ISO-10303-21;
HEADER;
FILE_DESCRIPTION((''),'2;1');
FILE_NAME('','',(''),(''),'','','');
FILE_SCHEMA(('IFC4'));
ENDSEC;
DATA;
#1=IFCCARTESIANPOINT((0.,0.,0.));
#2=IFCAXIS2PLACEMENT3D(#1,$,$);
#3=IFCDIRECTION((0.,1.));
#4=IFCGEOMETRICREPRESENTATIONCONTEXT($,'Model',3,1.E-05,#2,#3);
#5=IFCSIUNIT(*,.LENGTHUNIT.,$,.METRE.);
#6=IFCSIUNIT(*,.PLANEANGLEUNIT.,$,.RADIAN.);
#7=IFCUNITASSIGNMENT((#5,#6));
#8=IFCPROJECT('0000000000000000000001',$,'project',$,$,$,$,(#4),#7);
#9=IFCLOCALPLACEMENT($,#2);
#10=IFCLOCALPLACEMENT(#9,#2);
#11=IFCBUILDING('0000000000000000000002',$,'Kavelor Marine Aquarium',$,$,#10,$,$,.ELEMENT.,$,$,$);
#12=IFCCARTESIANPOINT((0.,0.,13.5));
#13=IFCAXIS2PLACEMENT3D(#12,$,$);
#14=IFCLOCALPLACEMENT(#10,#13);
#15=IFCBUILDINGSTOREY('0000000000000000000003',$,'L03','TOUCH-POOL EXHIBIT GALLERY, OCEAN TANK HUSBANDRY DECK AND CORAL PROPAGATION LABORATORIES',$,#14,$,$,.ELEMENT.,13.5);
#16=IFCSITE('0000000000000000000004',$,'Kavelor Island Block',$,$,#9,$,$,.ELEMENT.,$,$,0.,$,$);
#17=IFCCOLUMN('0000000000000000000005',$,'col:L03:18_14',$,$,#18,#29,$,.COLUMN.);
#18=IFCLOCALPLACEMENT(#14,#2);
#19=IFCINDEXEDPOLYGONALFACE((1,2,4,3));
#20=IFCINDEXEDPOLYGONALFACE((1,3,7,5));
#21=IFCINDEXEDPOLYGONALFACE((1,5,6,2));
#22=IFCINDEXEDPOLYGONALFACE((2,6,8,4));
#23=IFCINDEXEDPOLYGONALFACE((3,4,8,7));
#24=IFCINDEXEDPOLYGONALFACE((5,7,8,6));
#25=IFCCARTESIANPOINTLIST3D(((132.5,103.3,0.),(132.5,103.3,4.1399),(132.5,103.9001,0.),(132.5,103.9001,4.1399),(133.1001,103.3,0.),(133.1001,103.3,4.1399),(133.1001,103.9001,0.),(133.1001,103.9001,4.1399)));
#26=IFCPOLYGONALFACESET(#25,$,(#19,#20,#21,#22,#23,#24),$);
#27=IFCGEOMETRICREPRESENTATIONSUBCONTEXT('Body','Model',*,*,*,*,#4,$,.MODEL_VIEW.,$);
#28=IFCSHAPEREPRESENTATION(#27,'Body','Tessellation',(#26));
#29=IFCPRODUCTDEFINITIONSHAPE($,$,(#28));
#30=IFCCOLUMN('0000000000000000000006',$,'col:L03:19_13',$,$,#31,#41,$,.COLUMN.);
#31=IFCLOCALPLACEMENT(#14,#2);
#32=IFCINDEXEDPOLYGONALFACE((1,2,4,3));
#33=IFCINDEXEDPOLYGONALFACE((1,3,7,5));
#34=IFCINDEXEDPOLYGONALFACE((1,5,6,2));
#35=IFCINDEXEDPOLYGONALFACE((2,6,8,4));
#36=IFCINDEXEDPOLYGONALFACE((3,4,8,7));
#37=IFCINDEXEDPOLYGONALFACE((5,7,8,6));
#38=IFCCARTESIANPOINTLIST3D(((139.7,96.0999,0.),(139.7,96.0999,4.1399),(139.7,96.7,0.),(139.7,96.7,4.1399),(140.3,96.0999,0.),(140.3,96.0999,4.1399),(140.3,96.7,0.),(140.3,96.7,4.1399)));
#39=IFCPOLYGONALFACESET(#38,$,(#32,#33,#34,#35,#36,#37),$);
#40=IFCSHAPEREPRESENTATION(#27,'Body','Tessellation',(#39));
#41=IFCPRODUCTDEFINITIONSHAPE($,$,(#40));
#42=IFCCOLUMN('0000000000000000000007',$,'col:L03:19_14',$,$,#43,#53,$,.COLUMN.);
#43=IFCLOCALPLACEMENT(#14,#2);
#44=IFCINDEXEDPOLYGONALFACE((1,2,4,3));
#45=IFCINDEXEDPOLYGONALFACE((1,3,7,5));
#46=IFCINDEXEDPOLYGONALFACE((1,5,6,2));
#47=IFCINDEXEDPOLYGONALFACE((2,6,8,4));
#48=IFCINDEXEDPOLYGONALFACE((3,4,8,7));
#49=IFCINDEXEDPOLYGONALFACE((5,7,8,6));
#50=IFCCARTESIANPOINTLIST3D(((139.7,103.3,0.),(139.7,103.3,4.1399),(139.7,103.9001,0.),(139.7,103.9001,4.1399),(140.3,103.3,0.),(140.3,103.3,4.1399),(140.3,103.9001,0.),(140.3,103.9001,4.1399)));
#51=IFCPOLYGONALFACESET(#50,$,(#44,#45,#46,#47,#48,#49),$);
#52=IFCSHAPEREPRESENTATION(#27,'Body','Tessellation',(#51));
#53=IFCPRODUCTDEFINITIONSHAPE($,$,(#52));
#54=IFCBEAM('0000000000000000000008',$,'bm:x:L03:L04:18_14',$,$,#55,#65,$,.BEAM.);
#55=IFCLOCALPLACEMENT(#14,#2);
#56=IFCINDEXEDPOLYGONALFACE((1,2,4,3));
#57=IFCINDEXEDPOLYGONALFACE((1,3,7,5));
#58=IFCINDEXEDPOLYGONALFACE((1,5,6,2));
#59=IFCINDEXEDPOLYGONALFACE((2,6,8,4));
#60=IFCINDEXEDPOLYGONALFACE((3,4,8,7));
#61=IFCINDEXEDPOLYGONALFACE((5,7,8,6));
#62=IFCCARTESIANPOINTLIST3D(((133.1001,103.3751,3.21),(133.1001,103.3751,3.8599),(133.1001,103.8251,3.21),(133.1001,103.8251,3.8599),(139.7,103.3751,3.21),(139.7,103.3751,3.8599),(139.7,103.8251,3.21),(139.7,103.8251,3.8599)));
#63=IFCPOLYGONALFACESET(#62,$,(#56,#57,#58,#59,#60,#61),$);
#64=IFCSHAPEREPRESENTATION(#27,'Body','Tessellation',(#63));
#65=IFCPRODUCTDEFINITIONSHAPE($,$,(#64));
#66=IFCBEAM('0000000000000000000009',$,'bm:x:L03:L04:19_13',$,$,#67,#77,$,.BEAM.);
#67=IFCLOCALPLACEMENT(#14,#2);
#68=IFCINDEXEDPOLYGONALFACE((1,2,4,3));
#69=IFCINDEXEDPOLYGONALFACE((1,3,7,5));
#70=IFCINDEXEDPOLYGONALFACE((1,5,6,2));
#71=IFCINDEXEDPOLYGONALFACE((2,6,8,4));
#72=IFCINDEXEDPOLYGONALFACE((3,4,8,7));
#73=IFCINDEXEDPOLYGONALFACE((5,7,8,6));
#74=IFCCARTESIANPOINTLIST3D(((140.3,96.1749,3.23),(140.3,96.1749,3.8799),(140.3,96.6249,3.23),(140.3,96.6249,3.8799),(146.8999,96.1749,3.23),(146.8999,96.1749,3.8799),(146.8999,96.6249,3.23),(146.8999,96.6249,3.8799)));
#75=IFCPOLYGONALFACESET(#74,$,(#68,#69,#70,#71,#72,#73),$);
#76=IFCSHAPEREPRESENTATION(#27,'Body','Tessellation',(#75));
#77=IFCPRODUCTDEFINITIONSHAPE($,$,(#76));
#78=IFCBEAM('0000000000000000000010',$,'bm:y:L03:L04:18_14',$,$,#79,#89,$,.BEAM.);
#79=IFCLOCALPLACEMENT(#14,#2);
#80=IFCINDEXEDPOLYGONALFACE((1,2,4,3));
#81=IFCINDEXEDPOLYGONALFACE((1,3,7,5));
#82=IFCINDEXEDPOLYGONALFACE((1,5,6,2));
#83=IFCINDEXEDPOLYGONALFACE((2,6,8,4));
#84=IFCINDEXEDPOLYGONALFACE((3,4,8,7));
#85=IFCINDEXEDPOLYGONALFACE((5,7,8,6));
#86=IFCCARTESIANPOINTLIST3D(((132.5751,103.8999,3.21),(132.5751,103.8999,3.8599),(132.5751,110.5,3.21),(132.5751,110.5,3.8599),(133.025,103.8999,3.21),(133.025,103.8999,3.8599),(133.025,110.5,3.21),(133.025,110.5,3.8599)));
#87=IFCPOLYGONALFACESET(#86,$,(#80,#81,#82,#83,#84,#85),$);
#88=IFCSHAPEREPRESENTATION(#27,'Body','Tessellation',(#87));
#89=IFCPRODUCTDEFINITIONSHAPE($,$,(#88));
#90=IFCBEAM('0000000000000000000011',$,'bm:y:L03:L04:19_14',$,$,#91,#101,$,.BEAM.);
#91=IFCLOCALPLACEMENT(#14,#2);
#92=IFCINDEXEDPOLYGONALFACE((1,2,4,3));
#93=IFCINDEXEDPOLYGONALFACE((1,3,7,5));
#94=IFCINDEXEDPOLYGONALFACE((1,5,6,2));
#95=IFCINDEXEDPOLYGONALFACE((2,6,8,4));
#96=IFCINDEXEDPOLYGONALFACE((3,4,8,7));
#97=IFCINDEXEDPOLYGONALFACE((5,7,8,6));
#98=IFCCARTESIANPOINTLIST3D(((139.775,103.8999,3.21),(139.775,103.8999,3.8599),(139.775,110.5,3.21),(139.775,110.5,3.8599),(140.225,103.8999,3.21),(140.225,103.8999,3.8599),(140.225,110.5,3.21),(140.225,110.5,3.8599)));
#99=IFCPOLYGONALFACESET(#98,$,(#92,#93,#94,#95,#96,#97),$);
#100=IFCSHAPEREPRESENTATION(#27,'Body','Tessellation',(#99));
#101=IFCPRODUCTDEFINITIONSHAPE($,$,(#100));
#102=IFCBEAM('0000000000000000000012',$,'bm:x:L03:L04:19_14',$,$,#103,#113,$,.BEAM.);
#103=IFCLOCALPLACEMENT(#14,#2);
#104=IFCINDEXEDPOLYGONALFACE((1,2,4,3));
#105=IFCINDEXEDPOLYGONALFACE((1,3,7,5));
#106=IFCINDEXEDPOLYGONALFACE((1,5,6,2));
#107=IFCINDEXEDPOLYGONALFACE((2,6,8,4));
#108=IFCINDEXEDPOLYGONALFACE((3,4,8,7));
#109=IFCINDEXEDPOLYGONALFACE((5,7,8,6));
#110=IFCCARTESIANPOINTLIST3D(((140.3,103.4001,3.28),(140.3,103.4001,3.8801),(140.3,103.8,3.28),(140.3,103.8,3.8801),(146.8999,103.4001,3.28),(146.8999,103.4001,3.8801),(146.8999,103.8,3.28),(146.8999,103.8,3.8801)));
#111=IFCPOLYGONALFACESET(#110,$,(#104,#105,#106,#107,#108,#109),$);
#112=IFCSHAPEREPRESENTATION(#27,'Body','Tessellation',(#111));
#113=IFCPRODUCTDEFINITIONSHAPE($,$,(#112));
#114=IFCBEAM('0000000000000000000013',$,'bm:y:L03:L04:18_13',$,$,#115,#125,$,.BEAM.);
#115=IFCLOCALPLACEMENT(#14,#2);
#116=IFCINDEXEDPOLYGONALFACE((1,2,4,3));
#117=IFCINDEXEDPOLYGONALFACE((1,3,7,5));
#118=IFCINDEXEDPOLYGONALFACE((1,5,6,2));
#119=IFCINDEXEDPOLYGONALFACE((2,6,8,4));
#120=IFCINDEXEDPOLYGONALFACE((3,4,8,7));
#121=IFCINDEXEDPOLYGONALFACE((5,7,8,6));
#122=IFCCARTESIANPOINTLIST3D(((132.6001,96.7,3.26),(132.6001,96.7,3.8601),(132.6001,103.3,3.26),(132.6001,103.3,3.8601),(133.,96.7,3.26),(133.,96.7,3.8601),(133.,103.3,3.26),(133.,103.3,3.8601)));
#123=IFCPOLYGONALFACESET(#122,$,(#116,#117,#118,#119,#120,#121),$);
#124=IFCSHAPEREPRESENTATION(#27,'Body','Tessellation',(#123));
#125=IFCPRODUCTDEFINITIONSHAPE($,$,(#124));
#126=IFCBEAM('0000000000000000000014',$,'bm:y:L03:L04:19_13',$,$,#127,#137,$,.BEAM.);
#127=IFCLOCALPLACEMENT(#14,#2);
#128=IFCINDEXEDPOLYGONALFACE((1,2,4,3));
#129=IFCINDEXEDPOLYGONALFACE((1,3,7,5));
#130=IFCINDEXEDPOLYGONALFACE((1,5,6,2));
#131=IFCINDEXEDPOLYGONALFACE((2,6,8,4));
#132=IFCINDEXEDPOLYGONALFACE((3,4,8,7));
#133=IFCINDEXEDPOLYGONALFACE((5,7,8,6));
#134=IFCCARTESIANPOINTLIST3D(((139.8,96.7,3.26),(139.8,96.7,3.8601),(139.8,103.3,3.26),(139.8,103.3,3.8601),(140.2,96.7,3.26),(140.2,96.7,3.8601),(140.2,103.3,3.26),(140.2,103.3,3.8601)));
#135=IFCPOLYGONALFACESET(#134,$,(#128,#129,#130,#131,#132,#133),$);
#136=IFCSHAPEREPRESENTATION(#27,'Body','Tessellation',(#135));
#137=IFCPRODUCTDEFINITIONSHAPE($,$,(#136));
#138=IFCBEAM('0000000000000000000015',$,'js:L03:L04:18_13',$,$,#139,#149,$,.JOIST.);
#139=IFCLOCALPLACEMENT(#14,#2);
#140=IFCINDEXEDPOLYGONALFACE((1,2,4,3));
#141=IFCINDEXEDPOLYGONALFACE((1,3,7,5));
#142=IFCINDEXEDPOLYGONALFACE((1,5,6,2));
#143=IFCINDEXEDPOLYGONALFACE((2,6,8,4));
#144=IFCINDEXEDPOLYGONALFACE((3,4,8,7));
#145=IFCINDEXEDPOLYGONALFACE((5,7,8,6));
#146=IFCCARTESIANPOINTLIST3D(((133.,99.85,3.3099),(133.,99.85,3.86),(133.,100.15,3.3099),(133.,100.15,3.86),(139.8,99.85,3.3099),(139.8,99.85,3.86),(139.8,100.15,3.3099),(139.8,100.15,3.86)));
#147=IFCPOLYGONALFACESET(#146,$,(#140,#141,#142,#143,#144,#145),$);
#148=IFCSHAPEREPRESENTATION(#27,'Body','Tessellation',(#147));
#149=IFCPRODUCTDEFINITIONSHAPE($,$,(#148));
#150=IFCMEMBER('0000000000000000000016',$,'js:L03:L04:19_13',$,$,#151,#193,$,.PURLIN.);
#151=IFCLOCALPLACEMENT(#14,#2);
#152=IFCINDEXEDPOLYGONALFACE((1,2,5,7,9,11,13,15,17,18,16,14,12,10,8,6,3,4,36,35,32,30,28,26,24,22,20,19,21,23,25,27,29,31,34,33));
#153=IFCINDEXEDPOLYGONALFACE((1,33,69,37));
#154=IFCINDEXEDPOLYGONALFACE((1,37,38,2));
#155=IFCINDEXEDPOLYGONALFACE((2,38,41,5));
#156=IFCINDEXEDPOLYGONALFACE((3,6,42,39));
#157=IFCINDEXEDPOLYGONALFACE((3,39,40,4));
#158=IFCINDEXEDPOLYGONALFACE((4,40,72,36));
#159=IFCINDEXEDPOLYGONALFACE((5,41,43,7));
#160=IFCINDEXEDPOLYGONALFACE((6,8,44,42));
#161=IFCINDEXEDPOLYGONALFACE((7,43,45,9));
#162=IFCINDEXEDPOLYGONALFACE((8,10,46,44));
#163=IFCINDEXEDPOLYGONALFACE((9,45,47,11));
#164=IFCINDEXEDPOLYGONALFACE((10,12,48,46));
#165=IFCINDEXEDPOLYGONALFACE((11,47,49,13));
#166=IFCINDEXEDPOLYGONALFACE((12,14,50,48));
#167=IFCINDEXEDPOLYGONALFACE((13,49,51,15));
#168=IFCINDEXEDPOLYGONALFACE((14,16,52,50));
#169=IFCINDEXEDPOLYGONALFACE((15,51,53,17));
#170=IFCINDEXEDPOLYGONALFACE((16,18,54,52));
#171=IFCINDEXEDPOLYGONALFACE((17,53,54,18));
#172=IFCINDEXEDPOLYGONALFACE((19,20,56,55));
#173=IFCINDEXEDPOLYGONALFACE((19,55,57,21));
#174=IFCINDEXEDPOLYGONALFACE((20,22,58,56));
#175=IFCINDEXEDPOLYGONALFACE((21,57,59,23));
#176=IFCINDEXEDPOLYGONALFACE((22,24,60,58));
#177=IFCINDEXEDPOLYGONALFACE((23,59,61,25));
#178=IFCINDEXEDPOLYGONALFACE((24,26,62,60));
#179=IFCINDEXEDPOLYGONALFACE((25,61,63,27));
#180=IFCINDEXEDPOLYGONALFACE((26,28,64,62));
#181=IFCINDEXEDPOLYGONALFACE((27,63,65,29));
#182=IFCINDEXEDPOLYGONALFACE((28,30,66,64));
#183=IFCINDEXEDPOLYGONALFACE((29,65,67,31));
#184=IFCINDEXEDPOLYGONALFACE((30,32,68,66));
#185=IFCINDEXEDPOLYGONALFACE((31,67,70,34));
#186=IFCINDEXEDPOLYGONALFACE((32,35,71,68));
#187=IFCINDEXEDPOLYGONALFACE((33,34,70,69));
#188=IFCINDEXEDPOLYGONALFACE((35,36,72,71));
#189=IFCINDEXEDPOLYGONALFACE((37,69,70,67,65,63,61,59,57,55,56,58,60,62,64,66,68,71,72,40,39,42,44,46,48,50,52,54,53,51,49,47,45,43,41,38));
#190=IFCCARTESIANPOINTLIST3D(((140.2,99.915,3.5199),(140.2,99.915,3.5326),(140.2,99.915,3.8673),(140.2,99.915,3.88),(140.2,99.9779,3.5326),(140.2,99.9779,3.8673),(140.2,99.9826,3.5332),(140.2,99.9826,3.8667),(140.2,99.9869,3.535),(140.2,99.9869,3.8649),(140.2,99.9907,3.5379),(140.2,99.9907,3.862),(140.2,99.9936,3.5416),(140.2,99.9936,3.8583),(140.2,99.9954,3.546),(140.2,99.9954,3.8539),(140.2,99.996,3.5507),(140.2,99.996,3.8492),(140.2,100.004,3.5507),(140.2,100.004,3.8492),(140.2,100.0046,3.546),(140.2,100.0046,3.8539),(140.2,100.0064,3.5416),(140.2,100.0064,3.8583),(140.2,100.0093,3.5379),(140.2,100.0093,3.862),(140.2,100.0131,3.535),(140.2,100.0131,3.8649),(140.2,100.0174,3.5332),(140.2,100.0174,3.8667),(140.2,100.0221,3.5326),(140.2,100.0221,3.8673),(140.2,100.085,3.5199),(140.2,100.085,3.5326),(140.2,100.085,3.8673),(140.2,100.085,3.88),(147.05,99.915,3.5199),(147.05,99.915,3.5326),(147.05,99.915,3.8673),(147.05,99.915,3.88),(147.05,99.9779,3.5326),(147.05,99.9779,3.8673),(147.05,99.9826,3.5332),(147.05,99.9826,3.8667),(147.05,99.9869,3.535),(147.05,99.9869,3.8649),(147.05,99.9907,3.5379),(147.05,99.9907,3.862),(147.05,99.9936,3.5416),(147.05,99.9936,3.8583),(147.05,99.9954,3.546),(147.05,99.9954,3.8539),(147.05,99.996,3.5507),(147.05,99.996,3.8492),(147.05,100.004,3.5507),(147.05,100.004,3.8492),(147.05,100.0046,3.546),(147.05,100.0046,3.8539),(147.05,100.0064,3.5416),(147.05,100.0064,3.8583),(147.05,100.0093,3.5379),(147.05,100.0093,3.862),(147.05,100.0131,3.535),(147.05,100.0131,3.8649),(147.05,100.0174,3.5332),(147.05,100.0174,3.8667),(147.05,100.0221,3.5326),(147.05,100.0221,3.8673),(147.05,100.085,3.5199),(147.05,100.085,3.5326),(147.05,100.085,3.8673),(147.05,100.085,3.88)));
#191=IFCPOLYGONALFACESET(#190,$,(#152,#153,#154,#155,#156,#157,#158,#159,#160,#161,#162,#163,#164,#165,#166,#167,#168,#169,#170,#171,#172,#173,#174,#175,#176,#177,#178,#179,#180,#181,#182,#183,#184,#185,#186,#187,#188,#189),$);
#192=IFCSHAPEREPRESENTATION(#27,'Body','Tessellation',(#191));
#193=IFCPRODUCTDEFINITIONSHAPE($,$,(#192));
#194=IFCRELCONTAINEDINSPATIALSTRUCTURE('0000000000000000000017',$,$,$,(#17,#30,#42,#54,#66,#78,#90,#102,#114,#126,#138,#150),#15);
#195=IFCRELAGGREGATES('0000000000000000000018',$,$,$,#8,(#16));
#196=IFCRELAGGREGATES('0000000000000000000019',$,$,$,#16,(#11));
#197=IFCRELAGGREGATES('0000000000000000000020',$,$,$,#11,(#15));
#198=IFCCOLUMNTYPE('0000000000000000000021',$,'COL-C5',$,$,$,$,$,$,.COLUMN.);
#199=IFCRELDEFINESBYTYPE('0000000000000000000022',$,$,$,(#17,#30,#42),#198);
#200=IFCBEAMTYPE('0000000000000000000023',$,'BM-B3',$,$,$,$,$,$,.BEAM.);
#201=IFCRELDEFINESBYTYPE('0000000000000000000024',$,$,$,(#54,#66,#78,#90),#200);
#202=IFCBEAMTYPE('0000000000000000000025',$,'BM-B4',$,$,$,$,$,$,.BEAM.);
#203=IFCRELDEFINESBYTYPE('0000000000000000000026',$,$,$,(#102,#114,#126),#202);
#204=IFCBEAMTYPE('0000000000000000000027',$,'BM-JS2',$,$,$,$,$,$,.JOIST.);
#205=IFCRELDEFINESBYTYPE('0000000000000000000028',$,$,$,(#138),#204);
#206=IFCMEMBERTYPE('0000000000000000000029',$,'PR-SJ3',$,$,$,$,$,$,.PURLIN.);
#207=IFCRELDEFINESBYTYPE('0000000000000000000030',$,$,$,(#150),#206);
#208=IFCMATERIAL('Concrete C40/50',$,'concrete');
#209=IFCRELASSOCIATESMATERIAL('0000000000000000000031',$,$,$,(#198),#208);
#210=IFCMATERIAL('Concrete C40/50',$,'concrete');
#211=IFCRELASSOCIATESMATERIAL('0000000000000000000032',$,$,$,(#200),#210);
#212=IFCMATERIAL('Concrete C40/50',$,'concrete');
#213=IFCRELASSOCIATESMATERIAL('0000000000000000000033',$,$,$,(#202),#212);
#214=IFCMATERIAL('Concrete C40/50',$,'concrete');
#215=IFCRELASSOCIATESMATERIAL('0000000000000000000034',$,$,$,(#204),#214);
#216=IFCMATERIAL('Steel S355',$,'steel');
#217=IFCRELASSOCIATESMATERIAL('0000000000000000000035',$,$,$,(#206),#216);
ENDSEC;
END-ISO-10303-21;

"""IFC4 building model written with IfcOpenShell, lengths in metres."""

from ifc_helpers import new_model, si_unit, direction, frame, origin, origin_2d, place, context, subcontext, project, spatial, rectangle, i_section, extrude, material, material_profile, profile_set, type_object, element, save


model = new_model("IFC4")

# Units and contexts
model_context = context("Model", 3, precision=1e-05, world=origin(), true_north=direction((0.0, 1.0)))
body_context = subcontext(model_context, "Body", "Model", "MODEL_VIEW")
ifc_project = project(units=[si_unit("LENGTHUNIT", "METRE"), si_unit("PLANEANGLEUNIT", "RADIAN")], contexts=[model_context])

# Site, building, storey
site_placement = place(None, origin())
site = spatial("IfcSite", under=ifc_project, at=site_placement, Name="Kavelor Island Block", CompositionType="ELEMENT", RefElevation=0.0)
building_placement = place(site_placement, origin())
building = spatial("IfcBuilding", under=site, at=building_placement, Name="Kavelor Marine Aquarium", CompositionType="ELEMENT")
storey_placement = place(building_placement, frame((0.0, 0.0, 13.5)))
storey = spatial("IfcBuildingStorey", under=building, at=storey_placement, Name="L03", Description="TOUCH-POOL EXHIBIT GALLERY, OCEAN TANK HUSBANDRY DECK AND CORAL PROPAGATION LABORATORIES", CompositionType="ELEMENT", Elevation=13.5)

# Columns
ifc_material_1 = material(Name="Concrete C40/50", Category="concrete")
ifc_material_profile_1 = material_profile(ifc_material_1, rectangle(XDim=0.6001, YDim=0.6001, at=origin_2d()), Name="RC-COL 600x600")
ifc_profile_set_1 = profile_set([ifc_material_profile_1], Name="Concrete C40/50")
column_type = type_object("IfcColumnType", Name="COL-C5", PredefinedType="COLUMN", material=ifc_profile_set_1)
for number, where, z_axis, x_axis, name in (
    (1, (132.8, 103.6001, 0.0), (0.0, 0.0, 1.0), (1.0, 0.0, 0.0), "col:L03:18_14"),
    (2, (140.0, 96.3999, 0.0), (0.0, 0.0, 1.0), (1.0, 0.0, 0.0), "col:L03:19_13"),
    (3, (140.0, 103.6001, 0.0), (0.0, 0.0, 1.0), (1.0, 0.0, 0.0), "col:L03:19_14"),
):
    element("IfcColumn", number, at=place(storey_placement, frame(where, z_axis=z_axis, x_axis=x_axis)), inside=storey, type_object=column_type, Name=name, PredefinedType="COLUMN", context=body_context, shape_type="SweptSolid", body=[
        extrude(rectangle(XDim=0.6001, YDim=0.6001, at=origin_2d()), origin(), (0.0, 0.0, 1.0), 4.1399),
    ])

# Beams
ifc_material_2 = material(Name="Concrete C40/50", Category="concrete")
ifc_material_profile_2 = material_profile(ifc_material_2, rectangle(XDim=0.45, YDim=0.6499, at=origin_2d()), Name="RC-BM 450x650")
ifc_profile_set_2 = profile_set([ifc_material_profile_2], Name="Concrete C40/50")
beam_type_1 = type_object("IfcBeamType", Name="BM-B3", PredefinedType="BEAM", material=ifc_profile_set_2)
for number, where, z_axis, x_axis, name in (
    (4, (133.1001, 103.6001, 3.5349), (1.0, 0.0, 0.0), (0.0, 1.0, 0.0), "bm:x:L03:L04:18_14"),
    (5, (140.3, 96.3999, 3.5549), (1.0, 0.0, 0.0), (0.0, 1.0, 0.0), "bm:x:L03:L04:19_13"),
):
    element("IfcBeam", number, at=place(storey_placement, frame(where, z_axis=z_axis, x_axis=x_axis)), inside=storey, type_object=beam_type_1, Name=name, PredefinedType="BEAM", context=body_context, shape_type="SweptSolid", body=[
        extrude(rectangle(XDim=0.45, YDim=0.6499, at=origin_2d()), origin(), (0.0, 0.0, 1.0), 6.5999),
    ])
for number, where, z_axis, x_axis, name in (
    (6, (132.8, 103.8999, 3.5349), (0.0, 1.0, 0.0), (-1.0, 0.0, 0.0), "bm:y:L03:L04:18_14"),
    (7, (140.0, 103.8999, 3.5349), (0.0, 1.0, 0.0), (-1.0, 0.0, 0.0), "bm:y:L03:L04:19_14"),
):
    element("IfcBeam", number, at=place(storey_placement, frame(where, z_axis=z_axis, x_axis=x_axis)), inside=storey, type_object=beam_type_1, Name=name, PredefinedType="BEAM", context=body_context, shape_type="SweptSolid", body=[
        extrude(rectangle(XDim=0.45, YDim=0.6499, at=origin_2d()), origin(), (0.0, 0.0, 1.0), 6.6001),
    ])
ifc_material_3 = material(Name="Concrete C40/50", Category="concrete")
ifc_material_profile_3 = material_profile(ifc_material_3, rectangle(XDim=0.3999, YDim=0.6001, at=origin_2d()), Name="RC-BM 400x600")
ifc_profile_set_3 = profile_set([ifc_material_profile_3], Name="Concrete C40/50")
beam_type_2 = type_object("IfcBeamType", Name="BM-B4", PredefinedType="BEAM", material=ifc_profile_set_3)
beam_1_placement = place(storey_placement, frame((140.3, 103.6001, 3.5801), z_axis=(1.0, 0.0, 0.0), x_axis=(0.0, 1.0, 0.0)))
element("IfcBeam", 8, at=beam_1_placement, inside=storey, type_object=beam_type_2, Name="bm:x:L03:L04:19_14", PredefinedType="BEAM", context=body_context, shape_type="SweptSolid", body=[
    extrude(rectangle(XDim=0.3999, YDim=0.6001, at=origin_2d()), origin(), (0.0, 0.0, 1.0), 6.5999),
])
for number, where, z_axis, x_axis, name in (
    (9, (132.8, 96.7, 3.5601), (0.0, 1.0, 0.0), (-1.0, 0.0, 0.0), "bm:y:L03:L04:18_13"),
    (10, (140.0, 96.7, 3.5601), (0.0, 1.0, 0.0), (-1.0, 0.0, 0.0), "bm:y:L03:L04:19_13"),
):
    element("IfcBeam", number, at=place(storey_placement, frame(where, z_axis=z_axis, x_axis=x_axis)), inside=storey, type_object=beam_type_2, Name=name, PredefinedType="BEAM", context=body_context, shape_type="SweptSolid", body=[
        extrude(rectangle(XDim=0.3999, YDim=0.6001, at=origin_2d()), origin(), (0.0, 0.0, 1.0), 6.6001),
    ])
ifc_material_4 = material(Name="Concrete C40/50", Category="concrete")
ifc_material_profile_4 = material_profile(ifc_material_4, rectangle(XDim=0.3, YDim=0.55, at=origin_2d()), Name="RC-JS 300x550")
ifc_profile_set_4 = profile_set([ifc_material_profile_4], Name="Concrete C40/50")
beam_type_3 = type_object("IfcBeamType", Name="BM-JS2", PredefinedType="JOIST", material=ifc_profile_set_4)
beam_2_placement = place(storey_placement, frame((133.0, 100.0, 3.585), z_axis=(1.0, 0.0, 0.0), x_axis=(0.0, 1.0, 0.0)))
element("IfcBeam", 11, at=beam_2_placement, inside=storey, type_object=beam_type_3, Name="js:L03:L04:18_13", PredefinedType="JOIST", context=body_context, shape_type="SweptSolid", body=[
    extrude(rectangle(XDim=0.3, YDim=0.55, at=origin_2d()), origin(), (0.0, 0.0, 1.0), 6.8),
])

# Member
ifc_material_5 = material(Name="Steel S355", Category="steel")
ifc_material_profile_5 = material_profile(ifc_material_5, i_section(OverallWidth=0.1699, OverallDepth=0.3601, WebThickness=0.0081, FlangeThickness=0.0127, FilletRadius=0.0181, at=origin_2d()), Name="IPE 360")
ifc_profile_set_5 = profile_set([ifc_material_profile_5], Name="Steel S355")
member_type = type_object("IfcMemberType", Name="PR-SJ3", PredefinedType="PURLIN", material=ifc_profile_set_5)
member_placement = place(storey_placement, frame((140.2, 100.0, 3.7), z_axis=(1.0, 0.0, 0.0), x_axis=(0.0, 1.0, 0.0)))
element("IfcMember", 12, at=member_placement, inside=storey, type_object=member_type, Name="js:L03:L04:19_13", PredefinedType="PURLIN", context=body_context, shape_type="SweptSolid", body=[
    extrude(i_section(OverallWidth=0.1699, OverallDepth=0.3601, WebThickness=0.0081, FlangeThickness=0.0127, FilletRadius=0.0181, at=origin_2d()), origin(), (0.0, 0.0, 1.0), 6.8501),
])

save(model, "model.ifc")
